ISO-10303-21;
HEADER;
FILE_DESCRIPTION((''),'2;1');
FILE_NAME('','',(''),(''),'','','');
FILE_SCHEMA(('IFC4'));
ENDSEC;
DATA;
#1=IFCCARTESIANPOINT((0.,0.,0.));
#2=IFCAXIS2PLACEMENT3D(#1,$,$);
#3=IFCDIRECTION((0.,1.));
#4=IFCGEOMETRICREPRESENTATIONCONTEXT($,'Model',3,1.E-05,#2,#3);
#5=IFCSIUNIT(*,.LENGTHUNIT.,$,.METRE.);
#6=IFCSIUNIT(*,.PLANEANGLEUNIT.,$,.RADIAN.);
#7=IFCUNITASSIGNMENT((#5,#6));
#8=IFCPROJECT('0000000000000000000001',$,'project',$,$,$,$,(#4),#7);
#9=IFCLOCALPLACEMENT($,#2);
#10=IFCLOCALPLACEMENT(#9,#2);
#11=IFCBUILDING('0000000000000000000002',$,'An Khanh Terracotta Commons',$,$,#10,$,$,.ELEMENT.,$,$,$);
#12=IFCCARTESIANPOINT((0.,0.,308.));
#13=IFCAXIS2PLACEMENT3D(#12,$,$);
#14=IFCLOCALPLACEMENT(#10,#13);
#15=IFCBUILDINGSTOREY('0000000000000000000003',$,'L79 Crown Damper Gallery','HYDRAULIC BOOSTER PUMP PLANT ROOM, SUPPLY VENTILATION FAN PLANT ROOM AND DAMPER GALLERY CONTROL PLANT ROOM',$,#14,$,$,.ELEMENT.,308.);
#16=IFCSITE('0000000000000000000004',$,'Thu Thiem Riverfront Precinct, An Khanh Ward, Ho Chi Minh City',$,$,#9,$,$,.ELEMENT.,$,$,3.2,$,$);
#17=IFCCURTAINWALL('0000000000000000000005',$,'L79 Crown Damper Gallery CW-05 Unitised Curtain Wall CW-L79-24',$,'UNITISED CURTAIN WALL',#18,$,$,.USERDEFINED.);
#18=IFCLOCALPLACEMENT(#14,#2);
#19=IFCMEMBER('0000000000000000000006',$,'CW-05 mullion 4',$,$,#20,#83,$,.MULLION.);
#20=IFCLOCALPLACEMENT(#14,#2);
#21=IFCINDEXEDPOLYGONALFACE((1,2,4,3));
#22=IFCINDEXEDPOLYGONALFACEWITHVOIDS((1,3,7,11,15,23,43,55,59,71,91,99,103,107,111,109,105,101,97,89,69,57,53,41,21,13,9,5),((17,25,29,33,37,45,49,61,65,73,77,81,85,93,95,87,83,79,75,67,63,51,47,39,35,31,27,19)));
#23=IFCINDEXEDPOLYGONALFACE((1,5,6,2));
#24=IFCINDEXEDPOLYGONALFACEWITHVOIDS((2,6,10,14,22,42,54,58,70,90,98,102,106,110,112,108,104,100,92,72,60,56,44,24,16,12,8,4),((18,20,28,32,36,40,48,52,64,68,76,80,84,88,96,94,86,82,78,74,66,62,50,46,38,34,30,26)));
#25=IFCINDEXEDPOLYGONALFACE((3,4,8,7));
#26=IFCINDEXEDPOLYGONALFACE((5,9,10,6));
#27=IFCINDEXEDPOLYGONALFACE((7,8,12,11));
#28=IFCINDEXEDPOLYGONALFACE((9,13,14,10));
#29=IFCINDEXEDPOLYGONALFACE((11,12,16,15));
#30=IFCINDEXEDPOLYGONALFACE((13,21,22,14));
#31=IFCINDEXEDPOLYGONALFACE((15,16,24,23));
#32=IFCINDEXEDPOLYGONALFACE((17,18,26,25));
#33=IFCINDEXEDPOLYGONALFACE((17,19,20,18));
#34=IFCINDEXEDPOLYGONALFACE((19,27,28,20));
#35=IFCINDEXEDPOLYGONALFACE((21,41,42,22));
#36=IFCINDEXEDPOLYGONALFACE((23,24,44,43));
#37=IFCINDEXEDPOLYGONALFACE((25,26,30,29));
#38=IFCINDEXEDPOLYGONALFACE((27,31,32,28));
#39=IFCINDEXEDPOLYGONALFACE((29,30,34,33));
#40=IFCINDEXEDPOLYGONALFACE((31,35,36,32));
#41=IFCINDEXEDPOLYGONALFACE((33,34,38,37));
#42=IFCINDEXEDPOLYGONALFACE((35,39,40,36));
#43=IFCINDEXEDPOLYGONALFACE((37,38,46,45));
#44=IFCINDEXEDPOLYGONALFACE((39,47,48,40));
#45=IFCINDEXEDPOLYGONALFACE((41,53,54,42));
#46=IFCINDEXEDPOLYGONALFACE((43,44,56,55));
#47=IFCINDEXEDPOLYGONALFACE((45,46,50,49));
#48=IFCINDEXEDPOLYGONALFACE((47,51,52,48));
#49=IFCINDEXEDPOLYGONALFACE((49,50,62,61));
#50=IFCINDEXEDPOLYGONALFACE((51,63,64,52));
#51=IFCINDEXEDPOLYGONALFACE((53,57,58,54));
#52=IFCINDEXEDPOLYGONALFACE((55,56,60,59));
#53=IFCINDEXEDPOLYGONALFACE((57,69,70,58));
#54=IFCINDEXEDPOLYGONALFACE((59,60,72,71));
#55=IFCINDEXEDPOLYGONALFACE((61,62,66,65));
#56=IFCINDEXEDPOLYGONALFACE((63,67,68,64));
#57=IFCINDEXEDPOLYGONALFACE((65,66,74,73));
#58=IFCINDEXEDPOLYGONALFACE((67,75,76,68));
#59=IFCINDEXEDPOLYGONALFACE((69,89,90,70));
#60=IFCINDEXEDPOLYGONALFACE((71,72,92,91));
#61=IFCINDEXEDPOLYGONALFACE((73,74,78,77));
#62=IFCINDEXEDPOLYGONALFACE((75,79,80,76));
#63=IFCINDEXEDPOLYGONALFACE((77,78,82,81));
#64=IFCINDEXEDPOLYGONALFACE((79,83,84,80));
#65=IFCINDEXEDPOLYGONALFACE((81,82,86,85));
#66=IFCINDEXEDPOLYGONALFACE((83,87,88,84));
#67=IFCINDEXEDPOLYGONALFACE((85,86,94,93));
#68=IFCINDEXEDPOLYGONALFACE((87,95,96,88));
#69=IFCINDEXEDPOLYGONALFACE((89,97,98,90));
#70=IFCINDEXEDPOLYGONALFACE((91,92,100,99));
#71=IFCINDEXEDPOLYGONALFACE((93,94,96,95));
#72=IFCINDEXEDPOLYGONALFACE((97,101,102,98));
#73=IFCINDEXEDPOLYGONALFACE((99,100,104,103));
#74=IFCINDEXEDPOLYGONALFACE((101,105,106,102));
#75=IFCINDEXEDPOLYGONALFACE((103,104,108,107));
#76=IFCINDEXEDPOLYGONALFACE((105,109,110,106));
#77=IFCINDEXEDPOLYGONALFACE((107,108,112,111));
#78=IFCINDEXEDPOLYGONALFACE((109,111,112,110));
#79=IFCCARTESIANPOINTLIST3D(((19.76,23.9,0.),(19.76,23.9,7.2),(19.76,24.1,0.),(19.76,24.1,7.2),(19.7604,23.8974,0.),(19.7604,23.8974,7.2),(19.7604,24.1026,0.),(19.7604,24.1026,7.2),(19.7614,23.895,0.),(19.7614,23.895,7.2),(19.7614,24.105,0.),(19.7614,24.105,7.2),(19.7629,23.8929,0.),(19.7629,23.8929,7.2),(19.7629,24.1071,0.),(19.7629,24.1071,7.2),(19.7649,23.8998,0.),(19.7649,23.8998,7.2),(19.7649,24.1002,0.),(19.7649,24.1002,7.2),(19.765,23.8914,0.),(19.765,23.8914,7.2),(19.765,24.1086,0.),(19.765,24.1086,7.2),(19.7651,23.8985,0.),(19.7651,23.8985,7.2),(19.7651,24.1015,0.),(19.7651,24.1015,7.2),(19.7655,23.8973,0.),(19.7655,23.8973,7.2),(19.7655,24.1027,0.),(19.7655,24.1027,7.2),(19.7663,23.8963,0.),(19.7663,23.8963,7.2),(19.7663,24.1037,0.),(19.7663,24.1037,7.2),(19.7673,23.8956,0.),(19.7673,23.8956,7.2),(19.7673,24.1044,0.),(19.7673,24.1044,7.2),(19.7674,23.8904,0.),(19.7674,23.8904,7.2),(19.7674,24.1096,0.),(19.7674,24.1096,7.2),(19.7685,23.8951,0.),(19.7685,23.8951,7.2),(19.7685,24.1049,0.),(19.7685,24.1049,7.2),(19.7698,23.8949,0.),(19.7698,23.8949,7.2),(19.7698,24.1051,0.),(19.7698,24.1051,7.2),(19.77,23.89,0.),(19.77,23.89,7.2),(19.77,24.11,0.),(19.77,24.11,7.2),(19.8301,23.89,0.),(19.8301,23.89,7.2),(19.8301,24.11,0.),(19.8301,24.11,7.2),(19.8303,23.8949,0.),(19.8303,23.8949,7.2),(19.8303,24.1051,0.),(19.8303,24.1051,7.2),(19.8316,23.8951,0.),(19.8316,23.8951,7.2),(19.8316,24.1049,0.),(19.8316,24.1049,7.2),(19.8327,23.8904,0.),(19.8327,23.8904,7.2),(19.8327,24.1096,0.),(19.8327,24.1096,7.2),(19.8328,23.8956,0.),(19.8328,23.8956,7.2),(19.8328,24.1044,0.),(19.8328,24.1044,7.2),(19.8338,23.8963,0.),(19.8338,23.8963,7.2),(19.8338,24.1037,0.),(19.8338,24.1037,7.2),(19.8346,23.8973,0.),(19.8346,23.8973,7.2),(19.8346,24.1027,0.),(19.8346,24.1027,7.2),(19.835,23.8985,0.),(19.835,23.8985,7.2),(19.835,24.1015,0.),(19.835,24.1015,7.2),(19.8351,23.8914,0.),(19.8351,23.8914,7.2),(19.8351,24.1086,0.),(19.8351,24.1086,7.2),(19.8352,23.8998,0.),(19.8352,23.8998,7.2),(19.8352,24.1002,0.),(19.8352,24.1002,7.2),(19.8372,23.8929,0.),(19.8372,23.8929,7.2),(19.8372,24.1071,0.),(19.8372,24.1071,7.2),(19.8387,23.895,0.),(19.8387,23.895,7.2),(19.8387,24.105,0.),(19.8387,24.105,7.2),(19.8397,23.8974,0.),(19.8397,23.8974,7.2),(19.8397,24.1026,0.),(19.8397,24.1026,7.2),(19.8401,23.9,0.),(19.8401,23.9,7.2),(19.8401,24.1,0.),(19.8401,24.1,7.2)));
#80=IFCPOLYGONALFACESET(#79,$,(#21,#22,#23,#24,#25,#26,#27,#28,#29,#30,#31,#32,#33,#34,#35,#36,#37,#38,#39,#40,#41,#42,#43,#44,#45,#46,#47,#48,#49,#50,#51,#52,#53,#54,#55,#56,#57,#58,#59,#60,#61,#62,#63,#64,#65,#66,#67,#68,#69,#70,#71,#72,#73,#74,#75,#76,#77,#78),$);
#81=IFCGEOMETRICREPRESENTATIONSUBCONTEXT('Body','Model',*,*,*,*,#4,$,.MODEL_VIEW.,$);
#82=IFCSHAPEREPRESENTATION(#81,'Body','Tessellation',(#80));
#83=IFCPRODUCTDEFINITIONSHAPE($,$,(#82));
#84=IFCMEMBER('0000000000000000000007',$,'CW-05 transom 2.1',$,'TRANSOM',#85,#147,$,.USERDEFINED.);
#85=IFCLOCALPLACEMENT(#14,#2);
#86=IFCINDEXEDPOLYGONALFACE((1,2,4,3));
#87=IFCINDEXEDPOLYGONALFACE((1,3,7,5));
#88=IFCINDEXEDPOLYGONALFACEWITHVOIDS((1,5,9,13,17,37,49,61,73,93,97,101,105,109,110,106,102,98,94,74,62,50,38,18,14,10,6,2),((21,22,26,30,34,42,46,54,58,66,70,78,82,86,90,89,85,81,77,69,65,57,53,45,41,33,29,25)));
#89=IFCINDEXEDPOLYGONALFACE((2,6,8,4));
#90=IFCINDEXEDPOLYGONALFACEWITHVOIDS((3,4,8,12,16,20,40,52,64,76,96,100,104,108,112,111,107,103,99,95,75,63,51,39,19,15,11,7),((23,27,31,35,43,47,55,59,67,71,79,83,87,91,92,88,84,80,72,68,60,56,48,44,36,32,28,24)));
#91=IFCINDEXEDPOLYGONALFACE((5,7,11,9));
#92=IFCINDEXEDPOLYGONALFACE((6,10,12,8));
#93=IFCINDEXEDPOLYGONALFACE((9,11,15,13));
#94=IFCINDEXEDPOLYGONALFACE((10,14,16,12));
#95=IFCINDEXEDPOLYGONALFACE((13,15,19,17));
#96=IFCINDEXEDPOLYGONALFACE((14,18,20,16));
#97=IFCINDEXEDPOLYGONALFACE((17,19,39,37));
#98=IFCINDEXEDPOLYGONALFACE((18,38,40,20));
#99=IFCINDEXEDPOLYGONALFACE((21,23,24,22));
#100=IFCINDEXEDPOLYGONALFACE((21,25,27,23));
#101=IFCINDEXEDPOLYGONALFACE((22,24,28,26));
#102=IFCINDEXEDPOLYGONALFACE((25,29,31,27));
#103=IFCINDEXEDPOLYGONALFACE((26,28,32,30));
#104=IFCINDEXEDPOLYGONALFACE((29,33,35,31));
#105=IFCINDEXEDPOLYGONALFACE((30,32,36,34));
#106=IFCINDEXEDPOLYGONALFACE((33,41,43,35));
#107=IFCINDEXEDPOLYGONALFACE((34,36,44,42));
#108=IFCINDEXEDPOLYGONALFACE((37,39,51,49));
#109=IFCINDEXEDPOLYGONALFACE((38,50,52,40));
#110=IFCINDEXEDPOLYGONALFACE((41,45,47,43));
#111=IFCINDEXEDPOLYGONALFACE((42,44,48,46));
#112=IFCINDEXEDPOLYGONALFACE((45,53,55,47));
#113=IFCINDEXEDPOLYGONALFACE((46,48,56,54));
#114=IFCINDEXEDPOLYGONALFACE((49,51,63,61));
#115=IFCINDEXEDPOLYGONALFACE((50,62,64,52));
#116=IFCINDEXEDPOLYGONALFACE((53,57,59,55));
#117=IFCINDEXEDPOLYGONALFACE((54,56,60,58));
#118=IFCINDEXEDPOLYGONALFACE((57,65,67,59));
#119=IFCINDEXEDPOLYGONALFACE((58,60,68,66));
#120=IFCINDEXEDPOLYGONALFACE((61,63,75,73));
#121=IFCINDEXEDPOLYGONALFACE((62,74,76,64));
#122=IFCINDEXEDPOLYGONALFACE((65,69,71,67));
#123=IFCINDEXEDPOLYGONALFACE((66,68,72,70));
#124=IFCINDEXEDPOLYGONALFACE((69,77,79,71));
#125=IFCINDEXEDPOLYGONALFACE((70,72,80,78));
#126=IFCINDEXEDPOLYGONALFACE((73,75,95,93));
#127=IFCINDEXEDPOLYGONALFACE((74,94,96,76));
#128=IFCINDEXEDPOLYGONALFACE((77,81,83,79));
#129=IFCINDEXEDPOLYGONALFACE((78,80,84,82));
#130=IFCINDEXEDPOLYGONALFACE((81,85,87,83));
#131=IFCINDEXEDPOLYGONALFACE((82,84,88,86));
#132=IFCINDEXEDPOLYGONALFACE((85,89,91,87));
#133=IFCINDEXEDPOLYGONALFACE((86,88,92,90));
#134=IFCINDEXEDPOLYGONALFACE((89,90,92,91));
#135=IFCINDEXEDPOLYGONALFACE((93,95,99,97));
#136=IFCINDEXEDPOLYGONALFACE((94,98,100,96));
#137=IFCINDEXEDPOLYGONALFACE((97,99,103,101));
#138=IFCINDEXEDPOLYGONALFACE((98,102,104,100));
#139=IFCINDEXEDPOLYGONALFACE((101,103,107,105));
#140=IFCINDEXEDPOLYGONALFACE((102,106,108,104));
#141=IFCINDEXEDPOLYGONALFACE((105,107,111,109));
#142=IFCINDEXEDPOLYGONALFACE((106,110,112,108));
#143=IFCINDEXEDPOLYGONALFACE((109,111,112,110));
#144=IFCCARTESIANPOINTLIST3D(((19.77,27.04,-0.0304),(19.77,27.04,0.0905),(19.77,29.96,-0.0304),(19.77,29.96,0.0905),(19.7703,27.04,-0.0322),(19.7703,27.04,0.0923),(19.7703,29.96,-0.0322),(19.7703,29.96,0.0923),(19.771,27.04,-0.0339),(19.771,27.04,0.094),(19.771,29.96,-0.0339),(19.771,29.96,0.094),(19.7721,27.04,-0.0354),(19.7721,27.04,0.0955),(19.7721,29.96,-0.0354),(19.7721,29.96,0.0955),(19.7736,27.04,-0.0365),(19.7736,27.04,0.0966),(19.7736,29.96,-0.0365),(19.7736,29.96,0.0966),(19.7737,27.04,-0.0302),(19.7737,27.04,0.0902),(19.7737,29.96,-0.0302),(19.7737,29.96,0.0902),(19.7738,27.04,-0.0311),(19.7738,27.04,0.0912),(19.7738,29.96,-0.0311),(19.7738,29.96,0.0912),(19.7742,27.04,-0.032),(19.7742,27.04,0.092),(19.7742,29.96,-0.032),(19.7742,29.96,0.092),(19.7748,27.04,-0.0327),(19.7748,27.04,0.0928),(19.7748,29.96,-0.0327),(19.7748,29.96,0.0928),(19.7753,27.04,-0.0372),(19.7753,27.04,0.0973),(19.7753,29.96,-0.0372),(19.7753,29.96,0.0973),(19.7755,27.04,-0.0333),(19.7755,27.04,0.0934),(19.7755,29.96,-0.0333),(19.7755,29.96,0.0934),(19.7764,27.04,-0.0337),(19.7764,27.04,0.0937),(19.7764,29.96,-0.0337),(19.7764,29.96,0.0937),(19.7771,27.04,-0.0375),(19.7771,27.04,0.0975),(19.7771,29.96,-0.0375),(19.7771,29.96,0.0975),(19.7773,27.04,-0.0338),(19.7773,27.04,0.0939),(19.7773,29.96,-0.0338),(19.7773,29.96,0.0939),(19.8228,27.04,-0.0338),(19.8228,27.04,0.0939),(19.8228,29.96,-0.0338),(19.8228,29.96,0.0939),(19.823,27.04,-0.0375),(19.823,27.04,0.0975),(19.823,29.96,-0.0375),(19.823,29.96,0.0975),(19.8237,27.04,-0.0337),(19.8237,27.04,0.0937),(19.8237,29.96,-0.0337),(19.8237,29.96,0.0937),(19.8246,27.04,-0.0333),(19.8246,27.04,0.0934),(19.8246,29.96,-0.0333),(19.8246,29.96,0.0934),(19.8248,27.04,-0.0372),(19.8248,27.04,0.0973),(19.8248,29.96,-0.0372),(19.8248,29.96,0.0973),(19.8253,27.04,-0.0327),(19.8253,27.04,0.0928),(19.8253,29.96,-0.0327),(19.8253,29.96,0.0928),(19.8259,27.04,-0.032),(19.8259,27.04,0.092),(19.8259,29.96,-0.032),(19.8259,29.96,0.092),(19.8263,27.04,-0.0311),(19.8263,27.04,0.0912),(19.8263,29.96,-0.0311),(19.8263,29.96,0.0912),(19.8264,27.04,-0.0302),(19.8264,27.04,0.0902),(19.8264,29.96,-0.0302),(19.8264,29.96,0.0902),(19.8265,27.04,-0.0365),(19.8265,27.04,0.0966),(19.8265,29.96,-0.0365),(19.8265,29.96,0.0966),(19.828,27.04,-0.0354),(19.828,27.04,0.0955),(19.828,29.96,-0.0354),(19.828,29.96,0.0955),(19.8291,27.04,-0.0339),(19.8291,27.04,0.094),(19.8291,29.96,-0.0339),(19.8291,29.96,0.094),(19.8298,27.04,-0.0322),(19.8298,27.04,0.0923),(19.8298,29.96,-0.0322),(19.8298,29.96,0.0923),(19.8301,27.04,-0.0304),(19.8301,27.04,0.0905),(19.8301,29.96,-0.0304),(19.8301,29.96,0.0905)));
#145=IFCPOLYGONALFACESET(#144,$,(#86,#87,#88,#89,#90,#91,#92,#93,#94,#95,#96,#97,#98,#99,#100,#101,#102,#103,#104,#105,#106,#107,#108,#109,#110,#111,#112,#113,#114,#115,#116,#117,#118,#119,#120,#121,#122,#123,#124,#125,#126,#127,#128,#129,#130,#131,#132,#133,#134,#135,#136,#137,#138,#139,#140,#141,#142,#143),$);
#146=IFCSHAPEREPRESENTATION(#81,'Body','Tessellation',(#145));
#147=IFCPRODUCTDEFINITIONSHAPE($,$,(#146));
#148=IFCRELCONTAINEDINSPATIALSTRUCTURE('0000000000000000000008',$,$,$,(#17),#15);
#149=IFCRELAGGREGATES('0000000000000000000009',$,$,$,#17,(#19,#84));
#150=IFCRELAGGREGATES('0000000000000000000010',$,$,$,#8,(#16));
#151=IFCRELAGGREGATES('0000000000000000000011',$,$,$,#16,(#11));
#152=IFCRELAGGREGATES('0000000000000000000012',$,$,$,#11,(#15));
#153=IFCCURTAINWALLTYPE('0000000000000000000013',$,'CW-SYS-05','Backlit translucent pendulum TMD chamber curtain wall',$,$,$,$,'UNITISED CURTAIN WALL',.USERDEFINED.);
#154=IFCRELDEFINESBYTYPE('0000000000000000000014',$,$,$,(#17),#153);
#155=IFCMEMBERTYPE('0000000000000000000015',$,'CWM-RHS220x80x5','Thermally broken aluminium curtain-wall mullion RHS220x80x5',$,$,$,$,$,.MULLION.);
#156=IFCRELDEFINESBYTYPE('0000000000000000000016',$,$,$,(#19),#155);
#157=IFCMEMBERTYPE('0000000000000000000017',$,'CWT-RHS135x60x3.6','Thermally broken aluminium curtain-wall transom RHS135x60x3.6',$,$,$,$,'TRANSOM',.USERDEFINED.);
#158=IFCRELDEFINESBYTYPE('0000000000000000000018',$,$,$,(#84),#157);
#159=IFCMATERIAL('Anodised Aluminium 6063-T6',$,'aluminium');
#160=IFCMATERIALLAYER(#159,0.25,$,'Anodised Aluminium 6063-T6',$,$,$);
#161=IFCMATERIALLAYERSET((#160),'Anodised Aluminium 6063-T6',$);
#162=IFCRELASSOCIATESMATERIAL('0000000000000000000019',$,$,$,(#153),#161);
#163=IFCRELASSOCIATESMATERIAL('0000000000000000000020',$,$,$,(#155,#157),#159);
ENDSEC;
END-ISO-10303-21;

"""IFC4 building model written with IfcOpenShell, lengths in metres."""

from ifc_helpers import new_model, si_unit, direction, frame, origin, origin_2d, place, context, subcontext, project, spatial, hollow_rectangle, extrude, material, layer, layer_set, material_profile, profile_set, type_object, element, aggregate, save


model = new_model("IFC4")

# Units and contexts
model_context = context("Model", 3, precision=1e-05, world=origin(), true_north=direction((0.0, 1.0)))
body_context = subcontext(model_context, "Body", "Model", "MODEL_VIEW")
ifc_project = project(units=[si_unit("LENGTHUNIT", "METRE"), si_unit("PLANEANGLEUNIT", "RADIAN")], contexts=[model_context])

# Site, building, storey
site_placement = place(None, origin())
site = spatial("IfcSite", under=ifc_project, at=site_placement, Name="Thu Thiem Riverfront Precinct, An Khanh Ward, Ho Chi Minh City", CompositionType="ELEMENT", RefElevation=3.2)
building_placement = place(site_placement, origin())
building = spatial("IfcBuilding", under=site, at=building_placement, Name="An Khanh Terracotta Commons", CompositionType="ELEMENT")
storey_placement = place(building_placement, frame((0.0, 0.0, 308.0)))
storey = spatial("IfcBuildingStorey", under=building, at=storey_placement, Name="L79 Crown Damper Gallery", Description="HYDRAULIC BOOSTER PUMP PLANT ROOM, SUPPLY VENTILATION FAN PLANT ROOM AND DAMPER GALLERY CONTROL PLANT ROOM", CompositionType="ELEMENT", Elevation=308.0)

# Curtain wall, members
ifc_material_1 = material(Name="Anodised Aluminium 6063-T6", Category="aluminium")
ifc_layer_1 = layer(ifc_material_1, 0.25, Name="Anodised Aluminium 6063-T6")
ifc_layer_set_1 = layer_set([ifc_layer_1], Name="Anodised Aluminium 6063-T6")
curtain_wall_type = type_object("IfcCurtainWallType", Name="CW-SYS-05", Description="Backlit translucent pendulum TMD chamber curtain wall", ElementType="UNITISED CURTAIN WALL", PredefinedType="USERDEFINED", material=ifc_layer_set_1)
curtain_wall_placement = place(storey_placement, origin())
curtain_wall = element("IfcCurtainWall", 1, at=curtain_wall_placement, inside=storey, type_object=curtain_wall_type, Name="L79 Crown Damper Gallery CW-05 Unitised Curtain Wall CW-L79-24", ObjectType="UNITISED CURTAIN WALL", PredefinedType="USERDEFINED")
ifc_material_profile_1 = material_profile(ifc_material_1, hollow_rectangle(XDim=0.0801, YDim=0.22, WallThickness=0.0049, InnerFilletRadius=0.0049, OuterFilletRadius=0.01, at=origin_2d()), Name="RHS220x80x5")
ifc_profile_set_1 = profile_set([ifc_material_profile_1], Name="Anodised Aluminium 6063-T6")
member_type_1 = type_object("IfcMemberType", Name="CWM-RHS220x80x5", Description="Thermally broken aluminium curtain-wall mullion RHS220x80x5", PredefinedType="MULLION", material=ifc_profile_set_1)
member_1_placement = place(storey_placement, frame((19.8, 24.0, 0.0), z_axis=(0.0, 0.0, 1.0), x_axis=(1.0, 0.0, 0.0)))
member_1 = element("IfcMember", 2, at=member_1_placement, type_object=member_type_1, Name="CW-05 mullion 4", PredefinedType="MULLION", context=body_context, shape_type="SweptSolid", body=[
    extrude(hollow_rectangle(XDim=0.0801, YDim=0.22, WallThickness=0.0049, InnerFilletRadius=0.0049, OuterFilletRadius=0.01, at=origin_2d()), origin(), (0.0, 0.0, 1.0), 7.2),
])
ifc_material_profile_2 = material_profile(ifc_material_1, hollow_rectangle(XDim=0.0601, YDim=0.135, WallThickness=0.0037, InnerFilletRadius=0.0037, OuterFilletRadius=0.0071, at=origin_2d()), Name="RHS135x60x3.6")
ifc_profile_set_2 = profile_set([ifc_material_profile_2], Name="Anodised Aluminium 6063-T6")
member_type_2 = type_object("IfcMemberType", Name="CWT-RHS135x60x3.6", Description="Thermally broken aluminium curtain-wall transom RHS135x60x3.6", ElementType="TRANSOM", PredefinedType="USERDEFINED", material=ifc_profile_set_2)
member_2_placement = place(storey_placement, frame((19.8, 29.96, 0.03), z_axis=(0.0, -1.0, 0.0), x_axis=(1.0, 0.0, 0.0)))
member_2 = element("IfcMember", 3, at=member_2_placement, type_object=member_type_2, Name="CW-05 transom 2.1", ObjectType="TRANSOM", PredefinedType="USERDEFINED", context=body_context, shape_type="SweptSolid", body=[
    extrude(hollow_rectangle(XDim=0.0601, YDim=0.135, WallThickness=0.0037, InnerFilletRadius=0.0037, OuterFilletRadius=0.0071, at=origin_2d()), origin(), (0.0, 0.0, 1.0), 2.9199),
])
aggregate(curtain_wall, [member_1, member_2])

save(model, "model.ifc")
